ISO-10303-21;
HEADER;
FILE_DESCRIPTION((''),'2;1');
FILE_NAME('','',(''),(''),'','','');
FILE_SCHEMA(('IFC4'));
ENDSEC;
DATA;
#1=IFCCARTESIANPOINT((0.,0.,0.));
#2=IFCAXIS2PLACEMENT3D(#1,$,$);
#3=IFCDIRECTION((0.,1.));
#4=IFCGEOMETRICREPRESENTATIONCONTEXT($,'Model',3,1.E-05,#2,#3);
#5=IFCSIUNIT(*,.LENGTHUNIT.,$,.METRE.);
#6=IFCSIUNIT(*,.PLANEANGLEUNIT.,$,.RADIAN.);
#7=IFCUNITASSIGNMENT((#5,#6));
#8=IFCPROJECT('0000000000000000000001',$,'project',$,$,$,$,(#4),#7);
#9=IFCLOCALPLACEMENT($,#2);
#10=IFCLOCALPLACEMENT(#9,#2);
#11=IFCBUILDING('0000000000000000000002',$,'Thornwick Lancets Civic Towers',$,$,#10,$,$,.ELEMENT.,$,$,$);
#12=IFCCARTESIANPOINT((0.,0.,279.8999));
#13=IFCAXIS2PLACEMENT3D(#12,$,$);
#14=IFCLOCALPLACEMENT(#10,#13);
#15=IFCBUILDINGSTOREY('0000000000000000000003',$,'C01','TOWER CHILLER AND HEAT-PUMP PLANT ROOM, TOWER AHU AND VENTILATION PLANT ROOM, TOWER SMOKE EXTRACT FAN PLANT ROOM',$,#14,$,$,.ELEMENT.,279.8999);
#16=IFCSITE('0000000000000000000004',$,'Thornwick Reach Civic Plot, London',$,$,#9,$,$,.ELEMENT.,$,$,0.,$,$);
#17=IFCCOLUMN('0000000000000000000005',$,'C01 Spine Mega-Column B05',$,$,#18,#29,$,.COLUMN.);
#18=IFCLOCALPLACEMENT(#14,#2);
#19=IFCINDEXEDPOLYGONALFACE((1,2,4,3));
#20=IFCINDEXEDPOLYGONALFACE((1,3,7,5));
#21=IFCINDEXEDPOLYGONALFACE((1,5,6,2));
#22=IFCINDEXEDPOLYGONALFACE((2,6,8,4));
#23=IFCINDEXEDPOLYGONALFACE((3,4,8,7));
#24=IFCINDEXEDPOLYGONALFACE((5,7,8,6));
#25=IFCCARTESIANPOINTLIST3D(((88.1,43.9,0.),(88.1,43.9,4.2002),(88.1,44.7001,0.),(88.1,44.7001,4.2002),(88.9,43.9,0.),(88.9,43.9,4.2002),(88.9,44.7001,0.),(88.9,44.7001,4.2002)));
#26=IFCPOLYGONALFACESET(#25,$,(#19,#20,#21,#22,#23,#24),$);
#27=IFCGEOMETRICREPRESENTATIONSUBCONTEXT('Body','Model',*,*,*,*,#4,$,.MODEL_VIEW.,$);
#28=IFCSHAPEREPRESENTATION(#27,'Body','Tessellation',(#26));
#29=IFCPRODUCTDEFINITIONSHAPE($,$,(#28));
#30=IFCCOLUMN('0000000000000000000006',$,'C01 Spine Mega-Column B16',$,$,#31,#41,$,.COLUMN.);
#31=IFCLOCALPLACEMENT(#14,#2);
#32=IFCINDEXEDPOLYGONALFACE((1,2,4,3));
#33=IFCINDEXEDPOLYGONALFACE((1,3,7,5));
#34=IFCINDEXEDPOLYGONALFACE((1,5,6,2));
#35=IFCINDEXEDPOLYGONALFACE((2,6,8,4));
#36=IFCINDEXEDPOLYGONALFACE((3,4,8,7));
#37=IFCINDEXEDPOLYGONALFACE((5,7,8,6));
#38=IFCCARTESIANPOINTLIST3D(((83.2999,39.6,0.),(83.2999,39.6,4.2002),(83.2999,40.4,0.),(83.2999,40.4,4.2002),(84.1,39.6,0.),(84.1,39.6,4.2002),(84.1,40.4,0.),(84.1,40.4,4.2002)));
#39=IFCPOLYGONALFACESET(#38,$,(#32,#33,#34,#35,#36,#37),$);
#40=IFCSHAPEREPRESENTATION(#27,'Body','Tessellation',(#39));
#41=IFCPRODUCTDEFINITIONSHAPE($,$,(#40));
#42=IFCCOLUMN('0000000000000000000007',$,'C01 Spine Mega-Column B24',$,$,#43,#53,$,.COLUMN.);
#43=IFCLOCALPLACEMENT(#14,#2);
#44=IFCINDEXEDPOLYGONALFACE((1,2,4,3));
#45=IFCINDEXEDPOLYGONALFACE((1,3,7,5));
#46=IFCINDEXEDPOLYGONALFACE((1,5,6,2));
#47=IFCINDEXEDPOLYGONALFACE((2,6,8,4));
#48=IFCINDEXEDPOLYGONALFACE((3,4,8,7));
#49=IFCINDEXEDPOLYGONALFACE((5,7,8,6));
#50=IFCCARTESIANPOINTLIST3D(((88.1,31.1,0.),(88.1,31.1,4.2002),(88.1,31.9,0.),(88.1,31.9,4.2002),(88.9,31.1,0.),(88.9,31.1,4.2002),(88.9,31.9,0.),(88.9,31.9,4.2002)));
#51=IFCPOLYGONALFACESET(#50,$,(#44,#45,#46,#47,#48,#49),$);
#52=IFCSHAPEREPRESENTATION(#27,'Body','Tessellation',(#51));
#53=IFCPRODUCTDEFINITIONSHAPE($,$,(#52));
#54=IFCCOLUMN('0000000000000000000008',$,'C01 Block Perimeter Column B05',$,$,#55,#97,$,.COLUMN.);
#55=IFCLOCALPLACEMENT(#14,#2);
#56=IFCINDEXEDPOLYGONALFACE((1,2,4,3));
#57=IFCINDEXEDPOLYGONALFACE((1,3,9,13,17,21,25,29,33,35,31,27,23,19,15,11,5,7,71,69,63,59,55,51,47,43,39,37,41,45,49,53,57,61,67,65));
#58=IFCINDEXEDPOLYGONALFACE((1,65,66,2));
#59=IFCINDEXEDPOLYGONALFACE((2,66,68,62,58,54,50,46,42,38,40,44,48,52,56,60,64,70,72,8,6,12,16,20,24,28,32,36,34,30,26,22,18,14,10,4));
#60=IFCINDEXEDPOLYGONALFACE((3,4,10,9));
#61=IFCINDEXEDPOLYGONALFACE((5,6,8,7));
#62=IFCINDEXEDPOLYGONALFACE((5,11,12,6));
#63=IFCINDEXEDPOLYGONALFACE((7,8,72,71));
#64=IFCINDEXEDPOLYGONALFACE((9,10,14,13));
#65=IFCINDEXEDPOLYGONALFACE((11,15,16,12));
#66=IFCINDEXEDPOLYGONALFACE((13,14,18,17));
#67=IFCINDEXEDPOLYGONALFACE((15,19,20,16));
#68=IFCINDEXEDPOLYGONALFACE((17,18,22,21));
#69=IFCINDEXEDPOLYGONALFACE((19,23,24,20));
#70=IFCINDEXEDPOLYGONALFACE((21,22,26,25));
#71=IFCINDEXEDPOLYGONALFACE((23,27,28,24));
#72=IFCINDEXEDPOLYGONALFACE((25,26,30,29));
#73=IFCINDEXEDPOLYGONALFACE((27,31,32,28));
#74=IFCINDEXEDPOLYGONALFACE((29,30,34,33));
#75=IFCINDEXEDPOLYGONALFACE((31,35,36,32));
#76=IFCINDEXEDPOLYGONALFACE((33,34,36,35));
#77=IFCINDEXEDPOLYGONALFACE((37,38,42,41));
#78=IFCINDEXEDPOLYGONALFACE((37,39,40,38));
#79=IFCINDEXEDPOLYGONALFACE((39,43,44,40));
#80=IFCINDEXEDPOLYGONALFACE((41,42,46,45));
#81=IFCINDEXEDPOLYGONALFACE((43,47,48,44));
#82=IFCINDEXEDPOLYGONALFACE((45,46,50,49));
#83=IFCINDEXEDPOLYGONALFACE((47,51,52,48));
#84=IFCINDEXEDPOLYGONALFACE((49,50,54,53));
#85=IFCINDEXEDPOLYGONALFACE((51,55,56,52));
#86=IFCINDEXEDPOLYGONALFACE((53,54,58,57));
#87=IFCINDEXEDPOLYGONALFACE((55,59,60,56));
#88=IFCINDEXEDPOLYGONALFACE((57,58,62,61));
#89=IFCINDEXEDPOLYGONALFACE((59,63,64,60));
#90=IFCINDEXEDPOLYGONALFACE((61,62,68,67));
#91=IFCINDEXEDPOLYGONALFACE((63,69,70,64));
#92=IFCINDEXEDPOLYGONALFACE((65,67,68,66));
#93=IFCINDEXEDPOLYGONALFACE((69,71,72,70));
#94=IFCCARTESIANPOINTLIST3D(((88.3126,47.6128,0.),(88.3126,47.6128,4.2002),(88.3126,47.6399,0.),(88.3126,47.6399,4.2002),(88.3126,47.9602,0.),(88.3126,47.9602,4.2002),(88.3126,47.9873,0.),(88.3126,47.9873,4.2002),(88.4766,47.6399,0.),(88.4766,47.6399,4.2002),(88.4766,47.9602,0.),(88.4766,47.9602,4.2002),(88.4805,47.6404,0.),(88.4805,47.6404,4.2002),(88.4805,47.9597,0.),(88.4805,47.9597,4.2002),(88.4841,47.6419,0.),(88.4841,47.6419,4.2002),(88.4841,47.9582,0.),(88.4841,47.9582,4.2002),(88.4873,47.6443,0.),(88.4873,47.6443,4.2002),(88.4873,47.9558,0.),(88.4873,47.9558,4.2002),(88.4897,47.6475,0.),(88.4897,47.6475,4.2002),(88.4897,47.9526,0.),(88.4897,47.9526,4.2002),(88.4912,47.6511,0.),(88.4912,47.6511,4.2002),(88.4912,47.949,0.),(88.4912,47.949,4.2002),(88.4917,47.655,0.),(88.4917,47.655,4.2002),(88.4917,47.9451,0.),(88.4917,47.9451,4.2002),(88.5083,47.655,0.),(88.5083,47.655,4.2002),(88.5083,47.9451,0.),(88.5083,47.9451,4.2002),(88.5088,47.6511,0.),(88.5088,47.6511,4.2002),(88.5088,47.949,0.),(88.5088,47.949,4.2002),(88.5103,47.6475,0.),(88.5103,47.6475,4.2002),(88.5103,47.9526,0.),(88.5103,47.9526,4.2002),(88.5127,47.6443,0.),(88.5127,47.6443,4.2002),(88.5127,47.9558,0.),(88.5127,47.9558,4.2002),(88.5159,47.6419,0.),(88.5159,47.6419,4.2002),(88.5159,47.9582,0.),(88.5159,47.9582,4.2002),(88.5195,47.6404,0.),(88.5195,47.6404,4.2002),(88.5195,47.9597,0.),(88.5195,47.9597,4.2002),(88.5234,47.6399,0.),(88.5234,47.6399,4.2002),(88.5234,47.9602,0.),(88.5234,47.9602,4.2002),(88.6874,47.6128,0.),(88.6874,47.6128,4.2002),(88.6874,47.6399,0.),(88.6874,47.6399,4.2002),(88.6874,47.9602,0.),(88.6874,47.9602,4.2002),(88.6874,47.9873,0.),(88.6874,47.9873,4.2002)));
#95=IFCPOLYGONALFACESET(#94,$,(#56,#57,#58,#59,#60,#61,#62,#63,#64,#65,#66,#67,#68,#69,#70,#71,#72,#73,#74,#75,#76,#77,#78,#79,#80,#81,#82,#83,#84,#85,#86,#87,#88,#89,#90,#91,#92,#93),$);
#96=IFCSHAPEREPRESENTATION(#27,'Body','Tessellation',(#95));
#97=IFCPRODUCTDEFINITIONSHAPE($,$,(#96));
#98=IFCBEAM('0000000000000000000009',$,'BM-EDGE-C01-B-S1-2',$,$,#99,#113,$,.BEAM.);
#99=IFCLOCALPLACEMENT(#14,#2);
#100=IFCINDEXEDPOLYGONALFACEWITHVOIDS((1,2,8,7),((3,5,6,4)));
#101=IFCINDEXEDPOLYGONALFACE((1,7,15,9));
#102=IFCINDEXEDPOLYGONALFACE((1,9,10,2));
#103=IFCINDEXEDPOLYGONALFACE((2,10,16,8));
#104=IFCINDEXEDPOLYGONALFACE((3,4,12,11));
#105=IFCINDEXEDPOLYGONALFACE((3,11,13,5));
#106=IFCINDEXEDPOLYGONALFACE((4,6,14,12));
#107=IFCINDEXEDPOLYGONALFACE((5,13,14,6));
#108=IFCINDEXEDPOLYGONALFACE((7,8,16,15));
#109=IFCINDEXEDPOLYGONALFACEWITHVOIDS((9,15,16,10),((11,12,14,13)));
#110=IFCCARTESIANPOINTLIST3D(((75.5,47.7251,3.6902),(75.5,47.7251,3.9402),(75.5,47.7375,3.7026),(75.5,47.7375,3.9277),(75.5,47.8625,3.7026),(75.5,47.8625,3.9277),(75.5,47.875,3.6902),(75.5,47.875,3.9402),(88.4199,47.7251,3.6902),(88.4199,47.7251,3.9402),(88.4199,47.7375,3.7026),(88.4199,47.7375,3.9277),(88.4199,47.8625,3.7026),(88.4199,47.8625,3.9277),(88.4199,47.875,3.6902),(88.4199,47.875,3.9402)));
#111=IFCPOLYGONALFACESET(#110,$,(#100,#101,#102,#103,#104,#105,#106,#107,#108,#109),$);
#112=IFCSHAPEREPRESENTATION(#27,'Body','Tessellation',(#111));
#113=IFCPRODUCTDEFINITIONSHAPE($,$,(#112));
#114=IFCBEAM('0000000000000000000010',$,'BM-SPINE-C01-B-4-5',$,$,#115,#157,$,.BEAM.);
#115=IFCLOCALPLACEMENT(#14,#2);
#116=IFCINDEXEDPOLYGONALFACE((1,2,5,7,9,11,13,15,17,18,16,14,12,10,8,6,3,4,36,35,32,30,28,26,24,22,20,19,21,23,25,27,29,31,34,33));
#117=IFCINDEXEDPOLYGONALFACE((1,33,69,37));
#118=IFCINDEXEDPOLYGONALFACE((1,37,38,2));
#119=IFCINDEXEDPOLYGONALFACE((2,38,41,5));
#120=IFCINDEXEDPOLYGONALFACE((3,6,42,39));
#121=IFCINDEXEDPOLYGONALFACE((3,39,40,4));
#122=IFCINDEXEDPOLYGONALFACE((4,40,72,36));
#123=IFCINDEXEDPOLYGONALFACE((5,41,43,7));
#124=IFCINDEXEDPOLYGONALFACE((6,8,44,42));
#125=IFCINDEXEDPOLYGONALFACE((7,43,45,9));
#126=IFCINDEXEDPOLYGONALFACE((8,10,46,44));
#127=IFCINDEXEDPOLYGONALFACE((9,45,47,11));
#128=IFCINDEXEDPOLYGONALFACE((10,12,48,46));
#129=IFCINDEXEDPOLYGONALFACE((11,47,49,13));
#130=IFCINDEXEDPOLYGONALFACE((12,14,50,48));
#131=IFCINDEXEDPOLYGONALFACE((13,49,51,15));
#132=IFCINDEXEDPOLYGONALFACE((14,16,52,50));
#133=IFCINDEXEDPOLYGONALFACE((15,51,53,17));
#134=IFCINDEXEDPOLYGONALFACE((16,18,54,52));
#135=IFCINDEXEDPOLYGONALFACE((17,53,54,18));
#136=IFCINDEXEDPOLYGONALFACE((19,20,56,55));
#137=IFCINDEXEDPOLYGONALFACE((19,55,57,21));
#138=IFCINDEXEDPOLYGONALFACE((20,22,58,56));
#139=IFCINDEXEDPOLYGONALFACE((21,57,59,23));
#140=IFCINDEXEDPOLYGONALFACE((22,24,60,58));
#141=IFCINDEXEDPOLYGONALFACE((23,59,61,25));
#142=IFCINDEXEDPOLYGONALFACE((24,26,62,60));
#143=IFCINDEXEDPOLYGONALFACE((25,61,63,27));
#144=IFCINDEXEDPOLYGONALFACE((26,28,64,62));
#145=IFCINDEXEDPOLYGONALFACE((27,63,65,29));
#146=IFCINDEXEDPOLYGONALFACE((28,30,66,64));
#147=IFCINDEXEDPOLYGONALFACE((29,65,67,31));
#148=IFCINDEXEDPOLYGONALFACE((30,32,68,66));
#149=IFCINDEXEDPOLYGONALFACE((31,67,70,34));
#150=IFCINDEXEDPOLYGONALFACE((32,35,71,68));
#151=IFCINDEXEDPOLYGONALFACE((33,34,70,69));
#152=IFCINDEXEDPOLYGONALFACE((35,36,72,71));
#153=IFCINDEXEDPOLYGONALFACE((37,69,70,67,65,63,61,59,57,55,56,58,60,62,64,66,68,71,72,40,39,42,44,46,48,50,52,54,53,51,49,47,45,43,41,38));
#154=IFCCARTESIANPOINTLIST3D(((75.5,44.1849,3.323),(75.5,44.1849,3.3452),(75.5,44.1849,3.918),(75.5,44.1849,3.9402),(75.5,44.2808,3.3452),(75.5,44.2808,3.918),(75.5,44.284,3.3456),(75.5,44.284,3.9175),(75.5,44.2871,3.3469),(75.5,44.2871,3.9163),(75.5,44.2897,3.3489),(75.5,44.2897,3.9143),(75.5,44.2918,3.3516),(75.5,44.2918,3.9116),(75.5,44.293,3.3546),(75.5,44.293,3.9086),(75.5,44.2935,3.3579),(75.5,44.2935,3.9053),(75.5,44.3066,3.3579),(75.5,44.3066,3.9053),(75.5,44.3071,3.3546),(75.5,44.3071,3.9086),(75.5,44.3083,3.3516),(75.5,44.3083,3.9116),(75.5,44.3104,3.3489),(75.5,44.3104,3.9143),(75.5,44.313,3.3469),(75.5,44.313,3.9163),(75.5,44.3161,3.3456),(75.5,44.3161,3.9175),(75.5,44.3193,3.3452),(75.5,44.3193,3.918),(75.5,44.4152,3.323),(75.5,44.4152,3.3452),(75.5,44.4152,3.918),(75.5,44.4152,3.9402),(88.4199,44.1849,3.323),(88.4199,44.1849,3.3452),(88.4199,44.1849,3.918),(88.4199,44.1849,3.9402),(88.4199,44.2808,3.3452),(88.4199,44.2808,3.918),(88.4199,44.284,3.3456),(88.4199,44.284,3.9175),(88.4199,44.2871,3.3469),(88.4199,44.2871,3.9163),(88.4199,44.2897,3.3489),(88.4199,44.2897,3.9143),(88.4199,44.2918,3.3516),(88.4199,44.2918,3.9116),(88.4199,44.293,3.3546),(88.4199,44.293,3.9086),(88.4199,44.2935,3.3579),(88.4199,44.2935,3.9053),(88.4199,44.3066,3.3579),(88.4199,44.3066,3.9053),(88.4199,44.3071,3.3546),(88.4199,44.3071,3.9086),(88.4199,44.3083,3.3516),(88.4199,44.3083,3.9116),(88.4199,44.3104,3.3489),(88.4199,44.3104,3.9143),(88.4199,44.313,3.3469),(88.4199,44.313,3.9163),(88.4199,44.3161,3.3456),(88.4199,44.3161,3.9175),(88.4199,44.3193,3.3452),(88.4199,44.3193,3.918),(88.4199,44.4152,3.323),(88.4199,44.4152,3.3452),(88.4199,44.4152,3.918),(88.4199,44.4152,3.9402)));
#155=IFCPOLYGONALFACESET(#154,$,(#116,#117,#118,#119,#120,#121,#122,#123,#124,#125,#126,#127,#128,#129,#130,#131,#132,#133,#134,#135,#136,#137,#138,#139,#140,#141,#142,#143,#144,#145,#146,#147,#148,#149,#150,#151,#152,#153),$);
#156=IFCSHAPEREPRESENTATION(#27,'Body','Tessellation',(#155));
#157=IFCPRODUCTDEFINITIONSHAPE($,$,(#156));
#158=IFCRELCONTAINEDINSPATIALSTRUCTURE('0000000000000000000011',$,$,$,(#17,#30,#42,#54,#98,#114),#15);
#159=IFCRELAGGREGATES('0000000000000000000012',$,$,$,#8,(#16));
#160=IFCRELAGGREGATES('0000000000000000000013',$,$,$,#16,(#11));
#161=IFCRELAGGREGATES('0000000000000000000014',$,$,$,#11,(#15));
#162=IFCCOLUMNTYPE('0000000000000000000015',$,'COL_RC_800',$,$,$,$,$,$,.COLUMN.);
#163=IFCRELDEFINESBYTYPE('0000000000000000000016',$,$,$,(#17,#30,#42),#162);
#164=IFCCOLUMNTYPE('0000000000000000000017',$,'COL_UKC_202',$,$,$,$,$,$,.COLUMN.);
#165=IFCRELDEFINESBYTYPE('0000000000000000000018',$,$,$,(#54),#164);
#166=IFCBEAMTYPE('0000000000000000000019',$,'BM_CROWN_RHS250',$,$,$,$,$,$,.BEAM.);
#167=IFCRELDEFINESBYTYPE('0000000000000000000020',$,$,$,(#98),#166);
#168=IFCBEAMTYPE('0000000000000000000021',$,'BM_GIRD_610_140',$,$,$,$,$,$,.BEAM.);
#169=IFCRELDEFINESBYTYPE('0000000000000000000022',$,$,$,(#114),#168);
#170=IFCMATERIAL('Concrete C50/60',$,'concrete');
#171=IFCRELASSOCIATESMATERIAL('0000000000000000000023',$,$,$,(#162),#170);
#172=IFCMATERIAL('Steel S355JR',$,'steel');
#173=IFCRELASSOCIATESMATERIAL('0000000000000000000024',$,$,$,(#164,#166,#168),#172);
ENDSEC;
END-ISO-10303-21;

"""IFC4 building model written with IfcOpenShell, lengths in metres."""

from ifc_helpers import new_model, si_unit, direction, frame, origin, origin_2d, place, context, subcontext, project, spatial, rectangle, hollow_rectangle, i_section, extrude, material, material_profile, profile_set, type_object, element, save


model = new_model("IFC4")

# Units and contexts
model_context = context("Model", 3, precision=1e-05, world=origin(), true_north=direction((0.0, 1.0)))
body_context = subcontext(model_context, "Body", "Model", "MODEL_VIEW")
ifc_project = project(units=[si_unit("LENGTHUNIT", "METRE"), si_unit("PLANEANGLEUNIT", "RADIAN")], contexts=[model_context])

# Site, building, storey
site_placement = place(None, origin())
site = spatial("IfcSite", under=ifc_project, at=site_placement, Name="Thornwick Reach Civic Plot, London", CompositionType="ELEMENT", RefElevation=0.0)
building_placement = place(site_placement, origin())
building = spatial("IfcBuilding", under=site, at=building_placement, Name="Thornwick Lancets Civic Towers", CompositionType="ELEMENT")
storey_placement = place(building_placement, frame((0.0, 0.0, 279.8999)))
storey = spatial("IfcBuildingStorey", under=building, at=storey_placement, Name="C01", Description="TOWER CHILLER AND HEAT-PUMP PLANT ROOM, TOWER AHU AND VENTILATION PLANT ROOM, TOWER SMOKE EXTRACT FAN PLANT ROOM", CompositionType="ELEMENT", Elevation=279.8999)

# Columns
ifc_material_1 = material(Name="Concrete C50/60", Category="concrete")
ifc_material_profile_1 = material_profile(ifc_material_1, rectangle(XDim=0.8, YDim=0.8, at=origin_2d()), Name="RC 800x800")
ifc_profile_set_1 = profile_set([ifc_material_profile_1], Name="Concrete C50/60")
column_type_1 = type_object("IfcColumnType", Name="COL_RC_800", PredefinedType="COLUMN", material=ifc_profile_set_1)
for number, where, z_axis, x_axis, name in (
    (1, (88.5, 44.3, 0.0), (0.0, 0.0, 1.0), (1.0, 0.0, 0.0), "C01 Spine Mega-Column B05"),
    (2, (83.7, 40.0, 0.0), (0.0, 0.0, 1.0), (1.0, 0.0, 0.0), "C01 Spine Mega-Column B16"),
    (3, (88.5, 31.5, 0.0), (0.0, 0.0, 1.0), (1.0, 0.0, 0.0), "C01 Spine Mega-Column B24"),
):
    element("IfcColumn", number, at=place(storey_placement, frame(where, z_axis=z_axis, x_axis=x_axis)), inside=storey, type_object=column_type_1, Name=name, PredefinedType="COLUMN", context=body_context, shape_type="SweptSolid", body=[
        extrude(rectangle(XDim=0.8, YDim=0.8, at=origin_2d()), origin(), (0.0, 0.0, 1.0), 4.2002),
    ])
ifc_material_2 = material(Name="Steel S355JR", Category="steel")
ifc_material_profile_2 = material_profile(ifc_material_2, i_section(OverallWidth=0.3748, OverallDepth=0.3745, WebThickness=0.0166, FlangeThickness=0.0271, FilletRadius=0.0151, at=origin_2d()), Name="UKC 356x368x202")
ifc_profile_set_2 = profile_set([ifc_material_profile_2], Name="Steel S355JR")
column_type_2 = type_object("IfcColumnType", Name="COL_UKC_202", PredefinedType="COLUMN", material=ifc_profile_set_2)
column_placement = place(storey_placement, frame((88.5, 47.8, 0.0), z_axis=(0.0, 0.0, 1.0), x_axis=(1.0, 0.0, 0.0)))
element("IfcColumn", 4, at=column_placement, inside=storey, type_object=column_type_2, Name="C01 Block Perimeter Column B05", PredefinedType="COLUMN", context=body_context, shape_type="SweptSolid", body=[
    extrude(i_section(OverallWidth=0.3748, OverallDepth=0.3745, WebThickness=0.0166, FlangeThickness=0.0271, FilletRadius=0.0151, at=origin_2d()), origin(), (0.0, 0.0, 1.0), 4.2002),
])

# Beams
ifc_material_profile_3 = material_profile(ifc_material_2, hollow_rectangle(XDim=0.1499, YDim=0.25, WallThickness=0.0125, at=origin_2d()), Name="RHS 250x150x12.5")
ifc_profile_set_3 = profile_set([ifc_material_profile_3], Name="Steel S355JR")
beam_type_1 = type_object("IfcBeamType", Name="BM_CROWN_RHS250", PredefinedType="BEAM", material=ifc_profile_set_3)
beam_1_placement = place(storey_placement, frame((88.4199, 47.8, 3.8152), z_axis=(-1.0, 0.0, 0.0), x_axis=(0.0, -1.0, 0.0)))
element("IfcBeam", 5, at=beam_1_placement, inside=storey, type_object=beam_type_1, Name="BM-EDGE-C01-B-S1-2", PredefinedType="BEAM", context=body_context, shape_type="SweptSolid", body=[
    extrude(hollow_rectangle(XDim=0.1499, YDim=0.25, WallThickness=0.0125, at=origin_2d()), origin(), (0.0, 0.0, 1.0), 12.9199),
])
ifc_material_profile_4 = material_profile(ifc_material_2, i_section(OverallWidth=0.2302, OverallDepth=0.6172, WebThickness=0.0132, FlangeThickness=0.0222, FilletRadius=0.0127, at=origin_2d()), Name="UKB 610x229x140")
ifc_profile_set_4 = profile_set([ifc_material_profile_4], Name="Steel S355JR")
beam_type_2 = type_object("IfcBeamType", Name="BM_GIRD_610_140", PredefinedType="BEAM", material=ifc_profile_set_4)
beam_2_placement = place(storey_placement, frame((88.4199, 44.3, 3.6316), z_axis=(-1.0, 0.0, 0.0), x_axis=(0.0, -1.0, 0.0)))
element("IfcBeam", 6, at=beam_2_placement, inside=storey, type_object=beam_type_2, Name="BM-SPINE-C01-B-4-5", PredefinedType="BEAM", context=body_context, shape_type="SweptSolid", body=[
    extrude(i_section(OverallWidth=0.2302, OverallDepth=0.6172, WebThickness=0.0132, FlangeThickness=0.0222, FilletRadius=0.0127, at=origin_2d()), origin(), (0.0, 0.0, 1.0), 12.9199),
])

save(model, "model.ifc")
